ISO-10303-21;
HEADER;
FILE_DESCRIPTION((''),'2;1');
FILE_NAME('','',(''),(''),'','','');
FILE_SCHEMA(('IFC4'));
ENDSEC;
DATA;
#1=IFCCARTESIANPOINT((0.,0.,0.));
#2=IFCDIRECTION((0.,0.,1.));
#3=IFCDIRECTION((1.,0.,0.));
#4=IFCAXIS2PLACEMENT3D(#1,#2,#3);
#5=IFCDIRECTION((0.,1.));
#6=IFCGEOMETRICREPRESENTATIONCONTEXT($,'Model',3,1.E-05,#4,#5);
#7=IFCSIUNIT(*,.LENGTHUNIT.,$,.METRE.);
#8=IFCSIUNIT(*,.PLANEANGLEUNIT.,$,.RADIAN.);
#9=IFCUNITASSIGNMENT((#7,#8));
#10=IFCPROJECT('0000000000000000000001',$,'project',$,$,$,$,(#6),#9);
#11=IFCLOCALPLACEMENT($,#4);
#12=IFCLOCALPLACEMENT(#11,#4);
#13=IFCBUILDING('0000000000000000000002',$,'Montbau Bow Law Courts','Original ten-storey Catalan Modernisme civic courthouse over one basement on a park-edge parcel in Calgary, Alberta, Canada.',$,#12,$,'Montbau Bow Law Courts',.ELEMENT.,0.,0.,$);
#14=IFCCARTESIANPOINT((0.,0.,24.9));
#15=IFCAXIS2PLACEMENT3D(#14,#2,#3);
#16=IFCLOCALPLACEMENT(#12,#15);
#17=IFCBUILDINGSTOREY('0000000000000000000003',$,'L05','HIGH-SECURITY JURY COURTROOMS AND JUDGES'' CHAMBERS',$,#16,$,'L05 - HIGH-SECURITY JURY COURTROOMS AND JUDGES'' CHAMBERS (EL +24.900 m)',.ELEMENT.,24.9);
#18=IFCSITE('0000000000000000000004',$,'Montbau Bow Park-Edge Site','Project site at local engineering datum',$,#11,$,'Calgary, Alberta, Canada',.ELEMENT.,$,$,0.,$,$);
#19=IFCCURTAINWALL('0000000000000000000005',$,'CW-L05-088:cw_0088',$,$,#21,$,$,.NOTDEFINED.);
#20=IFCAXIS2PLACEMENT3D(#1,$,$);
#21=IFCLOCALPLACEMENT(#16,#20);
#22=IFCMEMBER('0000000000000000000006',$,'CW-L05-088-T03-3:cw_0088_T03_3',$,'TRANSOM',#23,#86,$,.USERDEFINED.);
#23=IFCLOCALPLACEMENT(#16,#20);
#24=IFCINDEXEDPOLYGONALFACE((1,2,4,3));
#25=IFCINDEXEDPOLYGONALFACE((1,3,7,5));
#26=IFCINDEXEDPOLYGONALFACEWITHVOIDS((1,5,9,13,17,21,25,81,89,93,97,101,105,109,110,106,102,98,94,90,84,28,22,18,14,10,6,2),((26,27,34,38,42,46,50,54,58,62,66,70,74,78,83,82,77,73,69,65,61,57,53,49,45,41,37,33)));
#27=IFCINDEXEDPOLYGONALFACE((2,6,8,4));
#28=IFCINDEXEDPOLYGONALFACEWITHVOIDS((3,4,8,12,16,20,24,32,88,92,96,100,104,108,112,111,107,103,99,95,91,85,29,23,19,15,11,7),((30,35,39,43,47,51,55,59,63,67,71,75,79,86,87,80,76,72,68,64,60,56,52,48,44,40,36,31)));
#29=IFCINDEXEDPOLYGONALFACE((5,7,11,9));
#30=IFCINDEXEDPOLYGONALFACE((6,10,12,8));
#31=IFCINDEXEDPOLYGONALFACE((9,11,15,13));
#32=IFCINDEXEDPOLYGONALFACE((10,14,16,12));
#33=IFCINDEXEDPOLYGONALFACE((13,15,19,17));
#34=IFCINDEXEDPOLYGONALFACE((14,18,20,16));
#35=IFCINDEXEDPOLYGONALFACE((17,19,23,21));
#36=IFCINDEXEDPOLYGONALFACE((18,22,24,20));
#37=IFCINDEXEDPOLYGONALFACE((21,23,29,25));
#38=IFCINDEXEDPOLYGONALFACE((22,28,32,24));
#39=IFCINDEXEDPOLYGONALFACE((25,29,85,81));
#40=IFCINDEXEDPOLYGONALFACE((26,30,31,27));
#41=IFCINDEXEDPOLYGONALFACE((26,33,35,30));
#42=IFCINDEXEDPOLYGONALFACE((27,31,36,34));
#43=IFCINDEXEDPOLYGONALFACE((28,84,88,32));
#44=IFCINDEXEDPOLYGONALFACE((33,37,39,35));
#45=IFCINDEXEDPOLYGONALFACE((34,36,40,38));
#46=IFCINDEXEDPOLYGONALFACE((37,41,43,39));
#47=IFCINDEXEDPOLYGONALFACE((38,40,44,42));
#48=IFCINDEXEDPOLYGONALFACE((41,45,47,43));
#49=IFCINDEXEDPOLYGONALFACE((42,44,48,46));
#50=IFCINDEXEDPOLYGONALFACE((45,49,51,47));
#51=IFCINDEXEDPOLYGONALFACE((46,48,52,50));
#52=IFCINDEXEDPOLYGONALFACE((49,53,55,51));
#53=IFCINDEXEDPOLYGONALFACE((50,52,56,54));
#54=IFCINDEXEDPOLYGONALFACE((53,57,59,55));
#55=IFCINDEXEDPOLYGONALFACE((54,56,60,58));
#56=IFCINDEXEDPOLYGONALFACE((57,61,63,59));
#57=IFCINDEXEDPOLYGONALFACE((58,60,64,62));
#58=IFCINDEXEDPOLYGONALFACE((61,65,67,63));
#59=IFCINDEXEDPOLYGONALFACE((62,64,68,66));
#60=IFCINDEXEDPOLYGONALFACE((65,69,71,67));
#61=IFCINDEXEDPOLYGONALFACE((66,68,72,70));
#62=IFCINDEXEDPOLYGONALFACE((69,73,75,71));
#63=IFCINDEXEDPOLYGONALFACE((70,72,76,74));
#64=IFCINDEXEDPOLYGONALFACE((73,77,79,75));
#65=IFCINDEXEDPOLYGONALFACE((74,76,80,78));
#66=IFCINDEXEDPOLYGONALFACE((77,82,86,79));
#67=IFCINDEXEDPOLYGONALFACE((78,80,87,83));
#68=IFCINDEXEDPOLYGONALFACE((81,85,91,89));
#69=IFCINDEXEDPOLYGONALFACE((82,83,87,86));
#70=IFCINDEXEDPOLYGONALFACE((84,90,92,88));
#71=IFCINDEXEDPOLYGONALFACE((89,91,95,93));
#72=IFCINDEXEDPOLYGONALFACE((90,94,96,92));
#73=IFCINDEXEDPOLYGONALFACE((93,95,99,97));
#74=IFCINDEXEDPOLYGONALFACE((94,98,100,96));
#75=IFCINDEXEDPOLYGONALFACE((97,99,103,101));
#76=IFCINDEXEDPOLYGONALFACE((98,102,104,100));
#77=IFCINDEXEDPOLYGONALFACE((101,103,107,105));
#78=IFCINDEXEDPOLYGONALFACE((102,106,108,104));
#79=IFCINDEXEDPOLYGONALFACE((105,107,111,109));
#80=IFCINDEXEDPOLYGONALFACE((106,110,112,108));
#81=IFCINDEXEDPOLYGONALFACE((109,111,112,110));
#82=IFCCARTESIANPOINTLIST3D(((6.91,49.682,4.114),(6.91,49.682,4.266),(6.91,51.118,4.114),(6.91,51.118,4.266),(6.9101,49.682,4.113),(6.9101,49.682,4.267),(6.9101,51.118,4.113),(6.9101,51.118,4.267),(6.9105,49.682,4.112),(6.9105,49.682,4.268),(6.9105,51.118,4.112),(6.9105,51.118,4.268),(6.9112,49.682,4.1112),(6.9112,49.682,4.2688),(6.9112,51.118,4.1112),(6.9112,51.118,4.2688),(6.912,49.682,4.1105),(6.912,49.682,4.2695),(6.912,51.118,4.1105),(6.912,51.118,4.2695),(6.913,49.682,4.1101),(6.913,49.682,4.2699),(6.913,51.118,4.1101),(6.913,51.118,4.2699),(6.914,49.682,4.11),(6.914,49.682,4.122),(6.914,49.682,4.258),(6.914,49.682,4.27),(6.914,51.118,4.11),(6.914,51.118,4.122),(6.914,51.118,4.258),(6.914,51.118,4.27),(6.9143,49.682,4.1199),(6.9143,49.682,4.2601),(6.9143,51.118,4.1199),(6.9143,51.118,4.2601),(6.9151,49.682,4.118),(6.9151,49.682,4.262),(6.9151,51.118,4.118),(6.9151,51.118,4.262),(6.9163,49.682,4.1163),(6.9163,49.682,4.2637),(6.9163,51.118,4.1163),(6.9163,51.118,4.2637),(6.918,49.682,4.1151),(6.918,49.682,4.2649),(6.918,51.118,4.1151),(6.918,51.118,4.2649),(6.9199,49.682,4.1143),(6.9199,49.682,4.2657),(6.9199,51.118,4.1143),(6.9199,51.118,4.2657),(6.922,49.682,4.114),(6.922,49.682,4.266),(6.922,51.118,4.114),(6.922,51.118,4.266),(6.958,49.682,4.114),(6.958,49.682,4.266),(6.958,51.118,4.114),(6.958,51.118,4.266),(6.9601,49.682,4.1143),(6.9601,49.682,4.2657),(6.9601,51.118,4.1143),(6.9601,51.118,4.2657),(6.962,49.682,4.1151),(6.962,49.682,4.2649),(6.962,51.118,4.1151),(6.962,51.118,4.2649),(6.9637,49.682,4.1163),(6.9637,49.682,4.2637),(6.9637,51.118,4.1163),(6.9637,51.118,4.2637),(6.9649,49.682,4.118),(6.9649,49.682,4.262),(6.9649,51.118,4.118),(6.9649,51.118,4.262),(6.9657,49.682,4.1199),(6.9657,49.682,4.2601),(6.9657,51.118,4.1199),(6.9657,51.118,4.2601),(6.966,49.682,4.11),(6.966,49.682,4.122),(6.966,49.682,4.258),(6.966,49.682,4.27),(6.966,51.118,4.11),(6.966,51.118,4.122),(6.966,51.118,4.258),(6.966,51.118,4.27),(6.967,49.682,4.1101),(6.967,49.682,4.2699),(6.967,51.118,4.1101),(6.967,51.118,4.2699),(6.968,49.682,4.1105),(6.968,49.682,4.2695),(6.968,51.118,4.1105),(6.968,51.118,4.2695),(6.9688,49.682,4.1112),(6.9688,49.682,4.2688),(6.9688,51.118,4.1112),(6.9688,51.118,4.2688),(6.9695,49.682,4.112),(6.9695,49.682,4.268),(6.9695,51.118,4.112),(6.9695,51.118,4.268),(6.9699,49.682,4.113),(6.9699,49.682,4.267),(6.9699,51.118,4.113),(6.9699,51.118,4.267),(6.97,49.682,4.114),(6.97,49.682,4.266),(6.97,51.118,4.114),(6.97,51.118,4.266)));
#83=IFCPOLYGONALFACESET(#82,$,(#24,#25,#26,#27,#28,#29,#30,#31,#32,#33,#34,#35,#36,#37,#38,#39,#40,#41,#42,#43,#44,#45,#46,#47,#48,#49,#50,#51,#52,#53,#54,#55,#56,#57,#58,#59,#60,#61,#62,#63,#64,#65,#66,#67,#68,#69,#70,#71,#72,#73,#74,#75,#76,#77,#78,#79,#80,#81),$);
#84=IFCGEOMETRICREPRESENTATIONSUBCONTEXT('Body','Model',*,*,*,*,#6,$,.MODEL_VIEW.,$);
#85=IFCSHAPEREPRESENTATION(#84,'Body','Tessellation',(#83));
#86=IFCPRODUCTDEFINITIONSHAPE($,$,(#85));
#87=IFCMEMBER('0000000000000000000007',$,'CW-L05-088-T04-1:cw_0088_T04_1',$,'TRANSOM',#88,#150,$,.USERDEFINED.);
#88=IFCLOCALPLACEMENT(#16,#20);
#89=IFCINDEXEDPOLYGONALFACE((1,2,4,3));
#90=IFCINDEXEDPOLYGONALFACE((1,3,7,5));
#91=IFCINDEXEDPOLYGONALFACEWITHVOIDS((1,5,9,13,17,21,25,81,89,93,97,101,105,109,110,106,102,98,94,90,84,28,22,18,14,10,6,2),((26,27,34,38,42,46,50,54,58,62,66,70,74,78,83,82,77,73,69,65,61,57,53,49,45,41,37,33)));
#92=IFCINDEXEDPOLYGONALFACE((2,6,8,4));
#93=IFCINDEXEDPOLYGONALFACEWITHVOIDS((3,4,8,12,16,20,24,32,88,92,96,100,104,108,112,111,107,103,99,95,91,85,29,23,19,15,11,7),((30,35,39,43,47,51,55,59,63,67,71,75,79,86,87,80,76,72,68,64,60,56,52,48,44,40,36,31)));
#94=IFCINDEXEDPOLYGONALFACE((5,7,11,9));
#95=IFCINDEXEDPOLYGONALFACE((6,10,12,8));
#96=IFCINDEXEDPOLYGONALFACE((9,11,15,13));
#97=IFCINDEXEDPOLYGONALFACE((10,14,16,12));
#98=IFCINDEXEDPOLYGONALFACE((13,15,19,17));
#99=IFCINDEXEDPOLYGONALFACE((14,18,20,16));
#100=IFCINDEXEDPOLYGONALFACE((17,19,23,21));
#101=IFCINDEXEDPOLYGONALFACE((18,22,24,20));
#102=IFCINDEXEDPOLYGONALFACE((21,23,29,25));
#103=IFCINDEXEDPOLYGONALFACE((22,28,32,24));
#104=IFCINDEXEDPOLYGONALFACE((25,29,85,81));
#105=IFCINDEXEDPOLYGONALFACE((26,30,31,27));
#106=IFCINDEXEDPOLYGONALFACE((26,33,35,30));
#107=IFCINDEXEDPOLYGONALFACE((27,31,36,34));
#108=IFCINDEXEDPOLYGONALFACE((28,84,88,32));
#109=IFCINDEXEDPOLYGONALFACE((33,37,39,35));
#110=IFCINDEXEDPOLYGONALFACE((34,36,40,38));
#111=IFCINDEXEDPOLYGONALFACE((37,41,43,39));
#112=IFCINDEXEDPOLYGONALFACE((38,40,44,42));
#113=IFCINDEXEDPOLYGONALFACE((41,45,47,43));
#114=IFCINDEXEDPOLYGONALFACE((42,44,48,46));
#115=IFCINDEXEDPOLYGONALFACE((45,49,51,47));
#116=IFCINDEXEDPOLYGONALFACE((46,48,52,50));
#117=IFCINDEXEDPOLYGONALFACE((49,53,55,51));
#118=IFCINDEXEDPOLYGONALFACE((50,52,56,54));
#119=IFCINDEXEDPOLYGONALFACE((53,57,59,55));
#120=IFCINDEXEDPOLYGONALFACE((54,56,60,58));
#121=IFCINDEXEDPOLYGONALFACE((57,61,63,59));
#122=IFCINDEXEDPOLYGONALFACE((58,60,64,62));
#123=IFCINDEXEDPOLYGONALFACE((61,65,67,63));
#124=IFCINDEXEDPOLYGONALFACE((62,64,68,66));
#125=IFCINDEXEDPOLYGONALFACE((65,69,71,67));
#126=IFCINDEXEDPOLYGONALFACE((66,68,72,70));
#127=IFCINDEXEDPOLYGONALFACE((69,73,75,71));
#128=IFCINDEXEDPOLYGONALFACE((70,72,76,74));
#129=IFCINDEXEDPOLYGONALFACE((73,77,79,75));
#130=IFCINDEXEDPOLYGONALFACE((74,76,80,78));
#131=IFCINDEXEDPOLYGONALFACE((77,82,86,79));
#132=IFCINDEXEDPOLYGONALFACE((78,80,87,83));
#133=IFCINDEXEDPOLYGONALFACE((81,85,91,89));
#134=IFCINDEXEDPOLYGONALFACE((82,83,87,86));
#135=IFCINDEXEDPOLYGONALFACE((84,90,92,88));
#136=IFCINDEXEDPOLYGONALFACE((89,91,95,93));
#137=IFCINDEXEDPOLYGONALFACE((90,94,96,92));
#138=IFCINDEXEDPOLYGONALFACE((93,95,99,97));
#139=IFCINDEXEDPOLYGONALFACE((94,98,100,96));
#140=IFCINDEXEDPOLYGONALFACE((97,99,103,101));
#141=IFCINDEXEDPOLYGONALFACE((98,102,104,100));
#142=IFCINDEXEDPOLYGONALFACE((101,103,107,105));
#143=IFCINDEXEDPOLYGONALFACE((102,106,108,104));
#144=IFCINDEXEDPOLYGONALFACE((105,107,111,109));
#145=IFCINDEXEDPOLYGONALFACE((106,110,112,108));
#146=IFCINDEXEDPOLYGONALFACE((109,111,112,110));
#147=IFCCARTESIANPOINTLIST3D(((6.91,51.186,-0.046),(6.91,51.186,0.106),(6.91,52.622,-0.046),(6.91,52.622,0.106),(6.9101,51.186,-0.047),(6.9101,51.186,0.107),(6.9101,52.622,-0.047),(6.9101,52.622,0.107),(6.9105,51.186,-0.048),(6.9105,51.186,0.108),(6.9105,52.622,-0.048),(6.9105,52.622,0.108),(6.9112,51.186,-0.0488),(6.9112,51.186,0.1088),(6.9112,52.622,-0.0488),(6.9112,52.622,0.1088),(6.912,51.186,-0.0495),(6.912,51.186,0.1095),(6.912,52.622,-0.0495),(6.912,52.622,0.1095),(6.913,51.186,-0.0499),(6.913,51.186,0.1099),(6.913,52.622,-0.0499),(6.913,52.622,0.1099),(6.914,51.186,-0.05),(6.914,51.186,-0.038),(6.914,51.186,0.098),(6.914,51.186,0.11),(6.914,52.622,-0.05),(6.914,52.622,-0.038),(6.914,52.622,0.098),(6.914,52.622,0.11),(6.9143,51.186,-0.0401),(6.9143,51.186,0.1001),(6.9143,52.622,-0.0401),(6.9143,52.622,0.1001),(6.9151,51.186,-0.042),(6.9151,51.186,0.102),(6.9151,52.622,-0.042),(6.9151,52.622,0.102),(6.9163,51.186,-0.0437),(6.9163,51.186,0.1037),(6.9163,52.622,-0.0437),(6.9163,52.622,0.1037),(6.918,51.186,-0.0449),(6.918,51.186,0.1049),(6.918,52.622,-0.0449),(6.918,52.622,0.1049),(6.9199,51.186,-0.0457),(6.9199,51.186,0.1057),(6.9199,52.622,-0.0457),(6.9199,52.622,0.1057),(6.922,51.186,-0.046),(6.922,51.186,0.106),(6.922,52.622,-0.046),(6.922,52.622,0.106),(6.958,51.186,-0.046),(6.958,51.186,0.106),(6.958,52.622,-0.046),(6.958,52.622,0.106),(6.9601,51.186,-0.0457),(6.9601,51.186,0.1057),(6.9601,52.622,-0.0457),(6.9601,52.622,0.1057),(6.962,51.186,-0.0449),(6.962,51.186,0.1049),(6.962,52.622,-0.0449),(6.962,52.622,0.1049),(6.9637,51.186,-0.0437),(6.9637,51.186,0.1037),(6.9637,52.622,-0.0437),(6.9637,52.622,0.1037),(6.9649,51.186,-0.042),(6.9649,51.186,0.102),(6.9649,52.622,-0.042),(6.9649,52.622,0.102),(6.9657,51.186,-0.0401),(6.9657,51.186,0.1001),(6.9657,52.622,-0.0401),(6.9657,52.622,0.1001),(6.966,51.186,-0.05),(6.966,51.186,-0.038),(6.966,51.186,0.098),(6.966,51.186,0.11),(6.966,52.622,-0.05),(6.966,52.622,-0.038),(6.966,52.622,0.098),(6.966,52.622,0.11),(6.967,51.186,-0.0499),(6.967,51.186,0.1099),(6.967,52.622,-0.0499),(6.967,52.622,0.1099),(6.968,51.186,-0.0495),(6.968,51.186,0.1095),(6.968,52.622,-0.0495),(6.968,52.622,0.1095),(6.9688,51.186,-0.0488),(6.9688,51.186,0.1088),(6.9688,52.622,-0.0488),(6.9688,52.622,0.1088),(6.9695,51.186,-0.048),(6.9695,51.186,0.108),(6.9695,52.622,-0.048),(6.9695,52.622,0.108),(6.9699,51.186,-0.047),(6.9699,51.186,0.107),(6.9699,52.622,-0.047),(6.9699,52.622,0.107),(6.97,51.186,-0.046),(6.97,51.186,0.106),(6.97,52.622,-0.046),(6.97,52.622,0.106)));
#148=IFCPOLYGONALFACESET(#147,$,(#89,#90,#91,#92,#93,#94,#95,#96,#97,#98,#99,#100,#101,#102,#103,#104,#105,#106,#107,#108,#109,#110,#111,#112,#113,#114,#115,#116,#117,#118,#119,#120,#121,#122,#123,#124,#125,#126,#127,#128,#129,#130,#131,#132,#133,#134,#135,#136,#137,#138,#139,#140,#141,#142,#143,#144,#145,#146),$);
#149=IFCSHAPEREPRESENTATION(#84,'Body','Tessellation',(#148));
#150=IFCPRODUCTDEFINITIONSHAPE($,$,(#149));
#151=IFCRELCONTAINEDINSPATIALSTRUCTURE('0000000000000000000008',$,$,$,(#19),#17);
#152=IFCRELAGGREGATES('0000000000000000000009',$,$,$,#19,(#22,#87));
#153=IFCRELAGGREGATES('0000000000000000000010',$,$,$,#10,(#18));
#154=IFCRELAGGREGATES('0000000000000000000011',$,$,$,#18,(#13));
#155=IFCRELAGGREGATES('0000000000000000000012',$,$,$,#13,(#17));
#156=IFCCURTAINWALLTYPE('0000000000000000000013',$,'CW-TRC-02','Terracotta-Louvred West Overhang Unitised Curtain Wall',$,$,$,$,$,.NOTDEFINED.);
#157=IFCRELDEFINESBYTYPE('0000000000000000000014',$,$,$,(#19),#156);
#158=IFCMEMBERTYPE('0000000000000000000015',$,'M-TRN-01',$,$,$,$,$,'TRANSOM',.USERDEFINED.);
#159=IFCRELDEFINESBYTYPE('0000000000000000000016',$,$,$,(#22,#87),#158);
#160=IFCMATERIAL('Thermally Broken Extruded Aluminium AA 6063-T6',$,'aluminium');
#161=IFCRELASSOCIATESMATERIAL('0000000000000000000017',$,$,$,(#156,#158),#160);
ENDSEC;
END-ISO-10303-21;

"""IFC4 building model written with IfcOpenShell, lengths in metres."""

from ifc_helpers import new_model, si_unit, direction, frame, origin_with_axes, origin_2d_with_axis, place, context, subcontext, project, spatial, hollow_rectangle, extrude, material, material_profile, profile_set, type_object, element, aggregate, save


model = new_model("IFC4")

# Units and contexts
model_context = context("Model", 3, precision=1e-05, world=origin_with_axes(), true_north=direction((0.0, 1.0)))
body_context = subcontext(model_context, "Body", "Model", "MODEL_VIEW")
ifc_project = project(units=[si_unit("LENGTHUNIT", "METRE"), si_unit("PLANEANGLEUNIT", "RADIAN")], contexts=[model_context])

# Site, building, storey
site_placement = place(None, origin_with_axes())
site = spatial("IfcSite", under=ifc_project, at=site_placement, Name="Montbau Bow Park-Edge Site", Description="Project site at local engineering datum", LongName="Calgary, Alberta, Canada", CompositionType="ELEMENT", RefElevation=0.0)
building_placement = place(site_placement, origin_with_axes())
building = spatial("IfcBuilding", under=site, at=building_placement, Name="Montbau Bow Law Courts", Description="Original ten-storey Catalan Modernisme civic courthouse over one basement on a park-edge parcel in Calgary, Alberta, Canada.", LongName="Montbau Bow Law Courts", CompositionType="ELEMENT", ElevationOfRefHeight=0.0, ElevationOfTerrain=0.0)
storey_placement = place(building_placement, frame((0.0, 0.0, 24.9), z_axis=(0.0, 0.0, 1.0), x_axis=(1.0, 0.0, 0.0)))
storey = spatial("IfcBuildingStorey", under=building, at=storey_placement, Name="L05", Description="HIGH-SECURITY JURY COURTROOMS AND JUDGES' CHAMBERS", LongName="L05 - HIGH-SECURITY JURY COURTROOMS AND JUDGES' CHAMBERS (EL +24.900 m)", CompositionType="ELEMENT", Elevation=24.9)

# Curtain wall, members
ifc_material_1 = material(Name="Thermally Broken Extruded Aluminium AA 6063-T6", Category="aluminium")
curtain_wall_type = type_object("IfcCurtainWallType", Name="CW-TRC-02", Description="Terracotta-Louvred West Overhang Unitised Curtain Wall", PredefinedType="NOTDEFINED", material=ifc_material_1)
curtain_wall_placement = place(None, frame((6.94, 46.64, 24.9), z_axis=(0.0, 0.0, 1.0), x_axis=(1.0, 0.0, 0.0)))
curtain_wall = element("IfcCurtainWall", 1, at=curtain_wall_placement, inside=storey, type_object=curtain_wall_type, Name="CW-L05-088:cw_0088", PredefinedType="NOTDEFINED")
ifc_material_profile_1 = material_profile(ifc_material_1, hollow_rectangle(XDim=0.06, YDim=0.16, WallThickness=0.004, InnerFilletRadius=0.008, OuterFilletRadius=0.004, at=origin_2d_with_axis()), Name="CWT-160X60", Category="Main", Priority=0)
ifc_profile_set_1 = profile_set([ifc_material_profile_1], Name="Thermally Broken Extruded Aluminium AA 6063-T6")
member_type_1 = type_object("IfcMemberType", Name="M-TRN-01", ElementType="TRANSOM", PredefinedType="USERDEFINED", material=ifc_profile_set_1)
member_1_placement = place(None, frame((6.94, 49.682, 29.09), z_axis=(0.0, 1.0, 0.0), x_axis=(-1.0, 0.0, 0.0)))
member_1 = element("IfcMember", 2, at=member_1_placement, type_object=member_type_1, Name="CW-L05-088-T03-3:cw_0088_T03_3", ObjectType="TRANSOM", PredefinedType="USERDEFINED", context=body_context, shape_type="SweptSolid", body=[
    extrude(hollow_rectangle(XDim=0.06, YDim=0.16, WallThickness=0.004, InnerFilletRadius=0.008, OuterFilletRadius=0.004, at=origin_2d_with_axis()), origin_with_axes(), (0.0, 0.0, 1.0), 1.436),
])
member_2_placement = place(None, frame((6.94, 51.186, 24.93), z_axis=(0.0, 1.0, 0.0), x_axis=(-1.0, 0.0, 0.0)))
member_2 = element("IfcMember", 3, at=member_2_placement, type_object=member_type_1, Name="CW-L05-088-T04-1:cw_0088_T04_1", ObjectType="TRANSOM", PredefinedType="USERDEFINED", context=body_context, shape_type="SweptSolid", body=[
    extrude(hollow_rectangle(XDim=0.06, YDim=0.16, WallThickness=0.004, InnerFilletRadius=0.008, OuterFilletRadius=0.004, at=origin_2d_with_axis()), origin_with_axes(), (0.0, 0.0, 1.0), 1.436),
])
aggregate(curtain_wall, [member_1, member_2])

save(model, "model.ifc")
